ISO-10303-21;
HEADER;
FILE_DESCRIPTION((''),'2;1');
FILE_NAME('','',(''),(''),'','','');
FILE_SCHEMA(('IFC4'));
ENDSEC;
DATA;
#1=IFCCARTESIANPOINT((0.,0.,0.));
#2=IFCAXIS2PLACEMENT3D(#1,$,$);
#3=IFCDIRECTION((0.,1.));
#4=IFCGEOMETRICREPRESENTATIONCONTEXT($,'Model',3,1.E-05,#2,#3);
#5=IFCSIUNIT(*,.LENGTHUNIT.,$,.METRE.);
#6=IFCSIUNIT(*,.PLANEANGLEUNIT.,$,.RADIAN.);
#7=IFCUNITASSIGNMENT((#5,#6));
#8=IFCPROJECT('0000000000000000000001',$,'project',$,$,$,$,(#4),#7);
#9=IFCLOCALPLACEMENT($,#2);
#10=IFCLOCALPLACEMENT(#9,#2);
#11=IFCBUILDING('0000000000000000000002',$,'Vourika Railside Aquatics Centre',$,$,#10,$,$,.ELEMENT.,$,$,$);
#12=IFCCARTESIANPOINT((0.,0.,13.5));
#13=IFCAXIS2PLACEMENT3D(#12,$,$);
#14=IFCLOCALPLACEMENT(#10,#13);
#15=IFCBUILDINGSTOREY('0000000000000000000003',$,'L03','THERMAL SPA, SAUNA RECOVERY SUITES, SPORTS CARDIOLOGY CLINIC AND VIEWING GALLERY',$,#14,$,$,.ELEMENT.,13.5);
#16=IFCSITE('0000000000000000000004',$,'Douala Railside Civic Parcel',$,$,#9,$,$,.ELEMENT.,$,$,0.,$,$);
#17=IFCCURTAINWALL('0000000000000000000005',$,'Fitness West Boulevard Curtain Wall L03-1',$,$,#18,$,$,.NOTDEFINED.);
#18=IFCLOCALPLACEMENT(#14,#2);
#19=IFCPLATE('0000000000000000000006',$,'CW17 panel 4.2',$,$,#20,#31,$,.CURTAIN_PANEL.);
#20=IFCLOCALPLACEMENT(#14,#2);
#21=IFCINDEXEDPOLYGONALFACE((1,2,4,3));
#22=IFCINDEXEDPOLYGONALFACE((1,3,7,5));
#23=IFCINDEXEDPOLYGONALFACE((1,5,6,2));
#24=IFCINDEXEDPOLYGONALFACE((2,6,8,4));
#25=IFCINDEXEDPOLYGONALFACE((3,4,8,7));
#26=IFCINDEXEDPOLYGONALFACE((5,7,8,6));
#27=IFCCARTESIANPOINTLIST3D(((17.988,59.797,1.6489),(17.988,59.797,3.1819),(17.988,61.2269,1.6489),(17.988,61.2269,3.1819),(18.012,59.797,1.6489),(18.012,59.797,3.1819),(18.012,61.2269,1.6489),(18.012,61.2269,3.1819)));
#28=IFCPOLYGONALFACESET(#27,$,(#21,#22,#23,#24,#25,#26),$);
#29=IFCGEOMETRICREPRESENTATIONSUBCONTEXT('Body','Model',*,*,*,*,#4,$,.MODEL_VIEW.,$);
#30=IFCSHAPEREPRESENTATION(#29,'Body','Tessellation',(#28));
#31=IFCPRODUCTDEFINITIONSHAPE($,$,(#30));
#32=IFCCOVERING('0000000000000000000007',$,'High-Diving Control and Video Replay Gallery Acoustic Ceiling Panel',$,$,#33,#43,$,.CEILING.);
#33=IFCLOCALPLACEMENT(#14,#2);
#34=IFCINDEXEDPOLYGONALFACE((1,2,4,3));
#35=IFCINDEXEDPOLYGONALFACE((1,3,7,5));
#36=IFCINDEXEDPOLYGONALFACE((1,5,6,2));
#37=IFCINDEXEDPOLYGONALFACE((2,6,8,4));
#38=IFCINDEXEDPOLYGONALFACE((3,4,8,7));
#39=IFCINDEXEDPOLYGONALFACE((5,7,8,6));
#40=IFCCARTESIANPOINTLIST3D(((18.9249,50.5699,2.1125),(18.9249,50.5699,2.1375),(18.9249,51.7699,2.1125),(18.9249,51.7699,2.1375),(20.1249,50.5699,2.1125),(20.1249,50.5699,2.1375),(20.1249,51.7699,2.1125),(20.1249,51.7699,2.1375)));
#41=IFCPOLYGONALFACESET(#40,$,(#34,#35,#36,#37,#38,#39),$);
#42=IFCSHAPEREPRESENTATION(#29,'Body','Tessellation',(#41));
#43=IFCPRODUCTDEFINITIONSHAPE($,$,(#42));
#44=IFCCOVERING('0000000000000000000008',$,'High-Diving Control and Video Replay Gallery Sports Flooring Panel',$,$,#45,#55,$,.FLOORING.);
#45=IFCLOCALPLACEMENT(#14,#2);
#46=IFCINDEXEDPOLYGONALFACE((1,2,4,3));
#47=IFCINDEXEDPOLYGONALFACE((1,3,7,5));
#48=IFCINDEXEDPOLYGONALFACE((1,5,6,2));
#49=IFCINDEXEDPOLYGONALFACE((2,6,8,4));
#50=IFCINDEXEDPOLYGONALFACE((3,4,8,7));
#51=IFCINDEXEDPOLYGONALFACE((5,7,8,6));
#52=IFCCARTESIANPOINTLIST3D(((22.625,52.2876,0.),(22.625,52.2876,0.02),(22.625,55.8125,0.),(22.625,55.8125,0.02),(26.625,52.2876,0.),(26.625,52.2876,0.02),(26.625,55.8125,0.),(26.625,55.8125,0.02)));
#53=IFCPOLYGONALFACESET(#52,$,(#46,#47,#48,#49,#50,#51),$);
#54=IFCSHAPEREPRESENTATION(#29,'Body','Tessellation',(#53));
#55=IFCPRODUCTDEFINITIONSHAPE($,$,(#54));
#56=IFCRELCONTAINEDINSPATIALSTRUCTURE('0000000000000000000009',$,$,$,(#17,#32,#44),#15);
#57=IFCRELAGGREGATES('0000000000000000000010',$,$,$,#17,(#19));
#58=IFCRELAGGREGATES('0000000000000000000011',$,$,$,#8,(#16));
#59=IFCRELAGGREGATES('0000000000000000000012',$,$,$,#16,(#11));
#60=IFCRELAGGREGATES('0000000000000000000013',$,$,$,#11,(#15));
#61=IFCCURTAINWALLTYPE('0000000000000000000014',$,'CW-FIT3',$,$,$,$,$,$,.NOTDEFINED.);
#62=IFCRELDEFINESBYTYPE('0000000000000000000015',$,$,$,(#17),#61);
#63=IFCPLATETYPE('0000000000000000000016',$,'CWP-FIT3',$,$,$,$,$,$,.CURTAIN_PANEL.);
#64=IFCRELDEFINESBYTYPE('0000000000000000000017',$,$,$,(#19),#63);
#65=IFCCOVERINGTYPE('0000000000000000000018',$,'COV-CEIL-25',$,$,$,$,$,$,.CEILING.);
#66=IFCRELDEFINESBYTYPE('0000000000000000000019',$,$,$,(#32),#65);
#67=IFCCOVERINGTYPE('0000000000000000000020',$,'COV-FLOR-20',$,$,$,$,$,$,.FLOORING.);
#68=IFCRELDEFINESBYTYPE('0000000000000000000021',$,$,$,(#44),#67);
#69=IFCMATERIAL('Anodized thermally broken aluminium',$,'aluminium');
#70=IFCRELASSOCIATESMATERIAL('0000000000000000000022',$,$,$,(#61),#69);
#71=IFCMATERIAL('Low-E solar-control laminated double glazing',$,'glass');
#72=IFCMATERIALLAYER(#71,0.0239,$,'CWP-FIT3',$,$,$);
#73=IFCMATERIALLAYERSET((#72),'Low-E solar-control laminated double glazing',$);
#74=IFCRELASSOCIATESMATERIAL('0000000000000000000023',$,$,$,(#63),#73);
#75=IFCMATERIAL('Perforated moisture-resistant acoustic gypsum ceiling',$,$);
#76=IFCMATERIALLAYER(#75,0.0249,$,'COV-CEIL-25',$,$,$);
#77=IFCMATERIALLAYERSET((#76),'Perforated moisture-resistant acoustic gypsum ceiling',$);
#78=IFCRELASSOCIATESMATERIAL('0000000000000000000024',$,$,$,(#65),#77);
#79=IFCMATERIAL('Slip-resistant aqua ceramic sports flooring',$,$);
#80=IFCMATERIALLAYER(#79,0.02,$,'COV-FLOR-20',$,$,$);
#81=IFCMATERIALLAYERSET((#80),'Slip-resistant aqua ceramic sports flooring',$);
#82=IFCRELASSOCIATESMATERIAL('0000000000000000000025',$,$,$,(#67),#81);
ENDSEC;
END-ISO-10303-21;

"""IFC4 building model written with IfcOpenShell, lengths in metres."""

from ifc_helpers import new_model, si_unit, direction, frame, origin, origin_2d, place, context, subcontext, project, spatial, rectangle, extrude, material, layer, layer_set, type_object, element, aggregate, save


model = new_model("IFC4")

# Units and contexts
model_context = context("Model", 3, precision=1e-05, world=origin(), true_north=direction((0.0, 1.0)))
body_context = subcontext(model_context, "Body", "Model", "MODEL_VIEW")
ifc_project = project(units=[si_unit("LENGTHUNIT", "METRE"), si_unit("PLANEANGLEUNIT", "RADIAN")], contexts=[model_context])

# Site, building, storey
site_placement = place(None, origin())
site = spatial("IfcSite", under=ifc_project, at=site_placement, Name="Douala Railside Civic Parcel", CompositionType="ELEMENT", RefElevation=0.0)
building_placement = place(site_placement, origin())
building = spatial("IfcBuilding", under=site, at=building_placement, Name="Vourika Railside Aquatics Centre", CompositionType="ELEMENT")
storey_placement = place(building_placement, frame((0.0, 0.0, 13.5)))
storey = spatial("IfcBuildingStorey", under=building, at=storey_placement, Name="L03", Description="THERMAL SPA, SAUNA RECOVERY SUITES, SPORTS CARDIOLOGY CLINIC AND VIEWING GALLERY", CompositionType="ELEMENT", Elevation=13.5)

# Curtain wall, plate
ifc_material_1 = material(Name="Anodized thermally broken aluminium", Category="aluminium")
curtain_wall_type = type_object("IfcCurtainWallType", Name="CW-FIT3", PredefinedType="NOTDEFINED", material=ifc_material_1)
curtain_wall_placement = place(storey_placement, origin())
curtain_wall = element("IfcCurtainWall", 1, at=curtain_wall_placement, inside=storey, type_object=curtain_wall_type, Name="Fitness West Boulevard Curtain Wall L03-1", PredefinedType="NOTDEFINED")
ifc_material_2 = material(Name="Low-E solar-control laminated double glazing", Category="glass")
ifc_layer_1 = layer(ifc_material_2, 0.0239, Name="CWP-FIT3")
ifc_layer_set_1 = layer_set([ifc_layer_1], Name="Low-E solar-control laminated double glazing")
plate_type = type_object("IfcPlateType", Name="CWP-FIT3", PredefinedType="CURTAIN_PANEL", material=ifc_layer_set_1)
plate_1_placement = place(storey_placement, frame((18.0, 60.512, 1.6489), z_axis=(0.0, 0.0, 1.0), x_axis=(0.0, -1.0, 0.0)))
plate_1 = element("IfcPlate", 2, at=plate_1_placement, type_object=plate_type, Name="CW17 panel 4.2", PredefinedType="CURTAIN_PANEL", context=body_context, shape_type="SweptSolid", body=[
    extrude(rectangle(XDim=1.4299, YDim=0.0239, at=origin_2d()), origin(), (0.0, 0.0, 1.0), 1.533),
])
aggregate(curtain_wall, [plate_1])

# Coverings
ifc_material_3 = material(Name="Perforated moisture-resistant acoustic gypsum ceiling")
ifc_layer_2 = layer(ifc_material_3, 0.0249, Name="COV-CEIL-25")
ifc_layer_set_2 = layer_set([ifc_layer_2], Name="Perforated moisture-resistant acoustic gypsum ceiling")
covering_type_1 = type_object("IfcCoveringType", Name="COV-CEIL-25", PredefinedType="CEILING", material=ifc_layer_set_2)
covering_1_placement = place(storey_placement, frame((19.5249, 51.1699, 2.1125), z_axis=(0.0, 0.0, 1.0), x_axis=(1.0, 0.0, 0.0)))
element("IfcCovering", 3, at=covering_1_placement, inside=storey, type_object=covering_type_1, Name="High-Diving Control and Video Replay Gallery Acoustic Ceiling Panel", PredefinedType="CEILING", context=body_context, shape_type="SweptSolid", body=[
    extrude(rectangle(XDim=1.2, YDim=1.2, at=origin_2d()), origin(), (0.0, 0.0, 1.0), 0.0249),
])
ifc_material_4 = material(Name="Slip-resistant aqua ceramic sports flooring")
ifc_layer_3 = layer(ifc_material_4, 0.02, Name="COV-FLOR-20")
ifc_layer_set_3 = layer_set([ifc_layer_3], Name="Slip-resistant aqua ceramic sports flooring")
covering_type_2 = type_object("IfcCoveringType", Name="COV-FLOR-20", PredefinedType="FLOORING", material=ifc_layer_set_3)
covering_2_placement = place(storey_placement, frame((24.625, 54.05, 0.0), z_axis=(0.0, 0.0, 1.0), x_axis=(1.0, 0.0, 0.0)))
element("IfcCovering", 4, at=covering_2_placement, inside=storey, type_object=covering_type_2, Name="High-Diving Control and Video Replay Gallery Sports Flooring Panel", PredefinedType="FLOORING", context=body_context, shape_type="SweptSolid", body=[
    extrude(rectangle(XDim=4.0, YDim=3.5249, at=origin_2d()), origin(), (0.0, 0.0, 1.0), 0.02),
])

save(model, "model.ifc")
